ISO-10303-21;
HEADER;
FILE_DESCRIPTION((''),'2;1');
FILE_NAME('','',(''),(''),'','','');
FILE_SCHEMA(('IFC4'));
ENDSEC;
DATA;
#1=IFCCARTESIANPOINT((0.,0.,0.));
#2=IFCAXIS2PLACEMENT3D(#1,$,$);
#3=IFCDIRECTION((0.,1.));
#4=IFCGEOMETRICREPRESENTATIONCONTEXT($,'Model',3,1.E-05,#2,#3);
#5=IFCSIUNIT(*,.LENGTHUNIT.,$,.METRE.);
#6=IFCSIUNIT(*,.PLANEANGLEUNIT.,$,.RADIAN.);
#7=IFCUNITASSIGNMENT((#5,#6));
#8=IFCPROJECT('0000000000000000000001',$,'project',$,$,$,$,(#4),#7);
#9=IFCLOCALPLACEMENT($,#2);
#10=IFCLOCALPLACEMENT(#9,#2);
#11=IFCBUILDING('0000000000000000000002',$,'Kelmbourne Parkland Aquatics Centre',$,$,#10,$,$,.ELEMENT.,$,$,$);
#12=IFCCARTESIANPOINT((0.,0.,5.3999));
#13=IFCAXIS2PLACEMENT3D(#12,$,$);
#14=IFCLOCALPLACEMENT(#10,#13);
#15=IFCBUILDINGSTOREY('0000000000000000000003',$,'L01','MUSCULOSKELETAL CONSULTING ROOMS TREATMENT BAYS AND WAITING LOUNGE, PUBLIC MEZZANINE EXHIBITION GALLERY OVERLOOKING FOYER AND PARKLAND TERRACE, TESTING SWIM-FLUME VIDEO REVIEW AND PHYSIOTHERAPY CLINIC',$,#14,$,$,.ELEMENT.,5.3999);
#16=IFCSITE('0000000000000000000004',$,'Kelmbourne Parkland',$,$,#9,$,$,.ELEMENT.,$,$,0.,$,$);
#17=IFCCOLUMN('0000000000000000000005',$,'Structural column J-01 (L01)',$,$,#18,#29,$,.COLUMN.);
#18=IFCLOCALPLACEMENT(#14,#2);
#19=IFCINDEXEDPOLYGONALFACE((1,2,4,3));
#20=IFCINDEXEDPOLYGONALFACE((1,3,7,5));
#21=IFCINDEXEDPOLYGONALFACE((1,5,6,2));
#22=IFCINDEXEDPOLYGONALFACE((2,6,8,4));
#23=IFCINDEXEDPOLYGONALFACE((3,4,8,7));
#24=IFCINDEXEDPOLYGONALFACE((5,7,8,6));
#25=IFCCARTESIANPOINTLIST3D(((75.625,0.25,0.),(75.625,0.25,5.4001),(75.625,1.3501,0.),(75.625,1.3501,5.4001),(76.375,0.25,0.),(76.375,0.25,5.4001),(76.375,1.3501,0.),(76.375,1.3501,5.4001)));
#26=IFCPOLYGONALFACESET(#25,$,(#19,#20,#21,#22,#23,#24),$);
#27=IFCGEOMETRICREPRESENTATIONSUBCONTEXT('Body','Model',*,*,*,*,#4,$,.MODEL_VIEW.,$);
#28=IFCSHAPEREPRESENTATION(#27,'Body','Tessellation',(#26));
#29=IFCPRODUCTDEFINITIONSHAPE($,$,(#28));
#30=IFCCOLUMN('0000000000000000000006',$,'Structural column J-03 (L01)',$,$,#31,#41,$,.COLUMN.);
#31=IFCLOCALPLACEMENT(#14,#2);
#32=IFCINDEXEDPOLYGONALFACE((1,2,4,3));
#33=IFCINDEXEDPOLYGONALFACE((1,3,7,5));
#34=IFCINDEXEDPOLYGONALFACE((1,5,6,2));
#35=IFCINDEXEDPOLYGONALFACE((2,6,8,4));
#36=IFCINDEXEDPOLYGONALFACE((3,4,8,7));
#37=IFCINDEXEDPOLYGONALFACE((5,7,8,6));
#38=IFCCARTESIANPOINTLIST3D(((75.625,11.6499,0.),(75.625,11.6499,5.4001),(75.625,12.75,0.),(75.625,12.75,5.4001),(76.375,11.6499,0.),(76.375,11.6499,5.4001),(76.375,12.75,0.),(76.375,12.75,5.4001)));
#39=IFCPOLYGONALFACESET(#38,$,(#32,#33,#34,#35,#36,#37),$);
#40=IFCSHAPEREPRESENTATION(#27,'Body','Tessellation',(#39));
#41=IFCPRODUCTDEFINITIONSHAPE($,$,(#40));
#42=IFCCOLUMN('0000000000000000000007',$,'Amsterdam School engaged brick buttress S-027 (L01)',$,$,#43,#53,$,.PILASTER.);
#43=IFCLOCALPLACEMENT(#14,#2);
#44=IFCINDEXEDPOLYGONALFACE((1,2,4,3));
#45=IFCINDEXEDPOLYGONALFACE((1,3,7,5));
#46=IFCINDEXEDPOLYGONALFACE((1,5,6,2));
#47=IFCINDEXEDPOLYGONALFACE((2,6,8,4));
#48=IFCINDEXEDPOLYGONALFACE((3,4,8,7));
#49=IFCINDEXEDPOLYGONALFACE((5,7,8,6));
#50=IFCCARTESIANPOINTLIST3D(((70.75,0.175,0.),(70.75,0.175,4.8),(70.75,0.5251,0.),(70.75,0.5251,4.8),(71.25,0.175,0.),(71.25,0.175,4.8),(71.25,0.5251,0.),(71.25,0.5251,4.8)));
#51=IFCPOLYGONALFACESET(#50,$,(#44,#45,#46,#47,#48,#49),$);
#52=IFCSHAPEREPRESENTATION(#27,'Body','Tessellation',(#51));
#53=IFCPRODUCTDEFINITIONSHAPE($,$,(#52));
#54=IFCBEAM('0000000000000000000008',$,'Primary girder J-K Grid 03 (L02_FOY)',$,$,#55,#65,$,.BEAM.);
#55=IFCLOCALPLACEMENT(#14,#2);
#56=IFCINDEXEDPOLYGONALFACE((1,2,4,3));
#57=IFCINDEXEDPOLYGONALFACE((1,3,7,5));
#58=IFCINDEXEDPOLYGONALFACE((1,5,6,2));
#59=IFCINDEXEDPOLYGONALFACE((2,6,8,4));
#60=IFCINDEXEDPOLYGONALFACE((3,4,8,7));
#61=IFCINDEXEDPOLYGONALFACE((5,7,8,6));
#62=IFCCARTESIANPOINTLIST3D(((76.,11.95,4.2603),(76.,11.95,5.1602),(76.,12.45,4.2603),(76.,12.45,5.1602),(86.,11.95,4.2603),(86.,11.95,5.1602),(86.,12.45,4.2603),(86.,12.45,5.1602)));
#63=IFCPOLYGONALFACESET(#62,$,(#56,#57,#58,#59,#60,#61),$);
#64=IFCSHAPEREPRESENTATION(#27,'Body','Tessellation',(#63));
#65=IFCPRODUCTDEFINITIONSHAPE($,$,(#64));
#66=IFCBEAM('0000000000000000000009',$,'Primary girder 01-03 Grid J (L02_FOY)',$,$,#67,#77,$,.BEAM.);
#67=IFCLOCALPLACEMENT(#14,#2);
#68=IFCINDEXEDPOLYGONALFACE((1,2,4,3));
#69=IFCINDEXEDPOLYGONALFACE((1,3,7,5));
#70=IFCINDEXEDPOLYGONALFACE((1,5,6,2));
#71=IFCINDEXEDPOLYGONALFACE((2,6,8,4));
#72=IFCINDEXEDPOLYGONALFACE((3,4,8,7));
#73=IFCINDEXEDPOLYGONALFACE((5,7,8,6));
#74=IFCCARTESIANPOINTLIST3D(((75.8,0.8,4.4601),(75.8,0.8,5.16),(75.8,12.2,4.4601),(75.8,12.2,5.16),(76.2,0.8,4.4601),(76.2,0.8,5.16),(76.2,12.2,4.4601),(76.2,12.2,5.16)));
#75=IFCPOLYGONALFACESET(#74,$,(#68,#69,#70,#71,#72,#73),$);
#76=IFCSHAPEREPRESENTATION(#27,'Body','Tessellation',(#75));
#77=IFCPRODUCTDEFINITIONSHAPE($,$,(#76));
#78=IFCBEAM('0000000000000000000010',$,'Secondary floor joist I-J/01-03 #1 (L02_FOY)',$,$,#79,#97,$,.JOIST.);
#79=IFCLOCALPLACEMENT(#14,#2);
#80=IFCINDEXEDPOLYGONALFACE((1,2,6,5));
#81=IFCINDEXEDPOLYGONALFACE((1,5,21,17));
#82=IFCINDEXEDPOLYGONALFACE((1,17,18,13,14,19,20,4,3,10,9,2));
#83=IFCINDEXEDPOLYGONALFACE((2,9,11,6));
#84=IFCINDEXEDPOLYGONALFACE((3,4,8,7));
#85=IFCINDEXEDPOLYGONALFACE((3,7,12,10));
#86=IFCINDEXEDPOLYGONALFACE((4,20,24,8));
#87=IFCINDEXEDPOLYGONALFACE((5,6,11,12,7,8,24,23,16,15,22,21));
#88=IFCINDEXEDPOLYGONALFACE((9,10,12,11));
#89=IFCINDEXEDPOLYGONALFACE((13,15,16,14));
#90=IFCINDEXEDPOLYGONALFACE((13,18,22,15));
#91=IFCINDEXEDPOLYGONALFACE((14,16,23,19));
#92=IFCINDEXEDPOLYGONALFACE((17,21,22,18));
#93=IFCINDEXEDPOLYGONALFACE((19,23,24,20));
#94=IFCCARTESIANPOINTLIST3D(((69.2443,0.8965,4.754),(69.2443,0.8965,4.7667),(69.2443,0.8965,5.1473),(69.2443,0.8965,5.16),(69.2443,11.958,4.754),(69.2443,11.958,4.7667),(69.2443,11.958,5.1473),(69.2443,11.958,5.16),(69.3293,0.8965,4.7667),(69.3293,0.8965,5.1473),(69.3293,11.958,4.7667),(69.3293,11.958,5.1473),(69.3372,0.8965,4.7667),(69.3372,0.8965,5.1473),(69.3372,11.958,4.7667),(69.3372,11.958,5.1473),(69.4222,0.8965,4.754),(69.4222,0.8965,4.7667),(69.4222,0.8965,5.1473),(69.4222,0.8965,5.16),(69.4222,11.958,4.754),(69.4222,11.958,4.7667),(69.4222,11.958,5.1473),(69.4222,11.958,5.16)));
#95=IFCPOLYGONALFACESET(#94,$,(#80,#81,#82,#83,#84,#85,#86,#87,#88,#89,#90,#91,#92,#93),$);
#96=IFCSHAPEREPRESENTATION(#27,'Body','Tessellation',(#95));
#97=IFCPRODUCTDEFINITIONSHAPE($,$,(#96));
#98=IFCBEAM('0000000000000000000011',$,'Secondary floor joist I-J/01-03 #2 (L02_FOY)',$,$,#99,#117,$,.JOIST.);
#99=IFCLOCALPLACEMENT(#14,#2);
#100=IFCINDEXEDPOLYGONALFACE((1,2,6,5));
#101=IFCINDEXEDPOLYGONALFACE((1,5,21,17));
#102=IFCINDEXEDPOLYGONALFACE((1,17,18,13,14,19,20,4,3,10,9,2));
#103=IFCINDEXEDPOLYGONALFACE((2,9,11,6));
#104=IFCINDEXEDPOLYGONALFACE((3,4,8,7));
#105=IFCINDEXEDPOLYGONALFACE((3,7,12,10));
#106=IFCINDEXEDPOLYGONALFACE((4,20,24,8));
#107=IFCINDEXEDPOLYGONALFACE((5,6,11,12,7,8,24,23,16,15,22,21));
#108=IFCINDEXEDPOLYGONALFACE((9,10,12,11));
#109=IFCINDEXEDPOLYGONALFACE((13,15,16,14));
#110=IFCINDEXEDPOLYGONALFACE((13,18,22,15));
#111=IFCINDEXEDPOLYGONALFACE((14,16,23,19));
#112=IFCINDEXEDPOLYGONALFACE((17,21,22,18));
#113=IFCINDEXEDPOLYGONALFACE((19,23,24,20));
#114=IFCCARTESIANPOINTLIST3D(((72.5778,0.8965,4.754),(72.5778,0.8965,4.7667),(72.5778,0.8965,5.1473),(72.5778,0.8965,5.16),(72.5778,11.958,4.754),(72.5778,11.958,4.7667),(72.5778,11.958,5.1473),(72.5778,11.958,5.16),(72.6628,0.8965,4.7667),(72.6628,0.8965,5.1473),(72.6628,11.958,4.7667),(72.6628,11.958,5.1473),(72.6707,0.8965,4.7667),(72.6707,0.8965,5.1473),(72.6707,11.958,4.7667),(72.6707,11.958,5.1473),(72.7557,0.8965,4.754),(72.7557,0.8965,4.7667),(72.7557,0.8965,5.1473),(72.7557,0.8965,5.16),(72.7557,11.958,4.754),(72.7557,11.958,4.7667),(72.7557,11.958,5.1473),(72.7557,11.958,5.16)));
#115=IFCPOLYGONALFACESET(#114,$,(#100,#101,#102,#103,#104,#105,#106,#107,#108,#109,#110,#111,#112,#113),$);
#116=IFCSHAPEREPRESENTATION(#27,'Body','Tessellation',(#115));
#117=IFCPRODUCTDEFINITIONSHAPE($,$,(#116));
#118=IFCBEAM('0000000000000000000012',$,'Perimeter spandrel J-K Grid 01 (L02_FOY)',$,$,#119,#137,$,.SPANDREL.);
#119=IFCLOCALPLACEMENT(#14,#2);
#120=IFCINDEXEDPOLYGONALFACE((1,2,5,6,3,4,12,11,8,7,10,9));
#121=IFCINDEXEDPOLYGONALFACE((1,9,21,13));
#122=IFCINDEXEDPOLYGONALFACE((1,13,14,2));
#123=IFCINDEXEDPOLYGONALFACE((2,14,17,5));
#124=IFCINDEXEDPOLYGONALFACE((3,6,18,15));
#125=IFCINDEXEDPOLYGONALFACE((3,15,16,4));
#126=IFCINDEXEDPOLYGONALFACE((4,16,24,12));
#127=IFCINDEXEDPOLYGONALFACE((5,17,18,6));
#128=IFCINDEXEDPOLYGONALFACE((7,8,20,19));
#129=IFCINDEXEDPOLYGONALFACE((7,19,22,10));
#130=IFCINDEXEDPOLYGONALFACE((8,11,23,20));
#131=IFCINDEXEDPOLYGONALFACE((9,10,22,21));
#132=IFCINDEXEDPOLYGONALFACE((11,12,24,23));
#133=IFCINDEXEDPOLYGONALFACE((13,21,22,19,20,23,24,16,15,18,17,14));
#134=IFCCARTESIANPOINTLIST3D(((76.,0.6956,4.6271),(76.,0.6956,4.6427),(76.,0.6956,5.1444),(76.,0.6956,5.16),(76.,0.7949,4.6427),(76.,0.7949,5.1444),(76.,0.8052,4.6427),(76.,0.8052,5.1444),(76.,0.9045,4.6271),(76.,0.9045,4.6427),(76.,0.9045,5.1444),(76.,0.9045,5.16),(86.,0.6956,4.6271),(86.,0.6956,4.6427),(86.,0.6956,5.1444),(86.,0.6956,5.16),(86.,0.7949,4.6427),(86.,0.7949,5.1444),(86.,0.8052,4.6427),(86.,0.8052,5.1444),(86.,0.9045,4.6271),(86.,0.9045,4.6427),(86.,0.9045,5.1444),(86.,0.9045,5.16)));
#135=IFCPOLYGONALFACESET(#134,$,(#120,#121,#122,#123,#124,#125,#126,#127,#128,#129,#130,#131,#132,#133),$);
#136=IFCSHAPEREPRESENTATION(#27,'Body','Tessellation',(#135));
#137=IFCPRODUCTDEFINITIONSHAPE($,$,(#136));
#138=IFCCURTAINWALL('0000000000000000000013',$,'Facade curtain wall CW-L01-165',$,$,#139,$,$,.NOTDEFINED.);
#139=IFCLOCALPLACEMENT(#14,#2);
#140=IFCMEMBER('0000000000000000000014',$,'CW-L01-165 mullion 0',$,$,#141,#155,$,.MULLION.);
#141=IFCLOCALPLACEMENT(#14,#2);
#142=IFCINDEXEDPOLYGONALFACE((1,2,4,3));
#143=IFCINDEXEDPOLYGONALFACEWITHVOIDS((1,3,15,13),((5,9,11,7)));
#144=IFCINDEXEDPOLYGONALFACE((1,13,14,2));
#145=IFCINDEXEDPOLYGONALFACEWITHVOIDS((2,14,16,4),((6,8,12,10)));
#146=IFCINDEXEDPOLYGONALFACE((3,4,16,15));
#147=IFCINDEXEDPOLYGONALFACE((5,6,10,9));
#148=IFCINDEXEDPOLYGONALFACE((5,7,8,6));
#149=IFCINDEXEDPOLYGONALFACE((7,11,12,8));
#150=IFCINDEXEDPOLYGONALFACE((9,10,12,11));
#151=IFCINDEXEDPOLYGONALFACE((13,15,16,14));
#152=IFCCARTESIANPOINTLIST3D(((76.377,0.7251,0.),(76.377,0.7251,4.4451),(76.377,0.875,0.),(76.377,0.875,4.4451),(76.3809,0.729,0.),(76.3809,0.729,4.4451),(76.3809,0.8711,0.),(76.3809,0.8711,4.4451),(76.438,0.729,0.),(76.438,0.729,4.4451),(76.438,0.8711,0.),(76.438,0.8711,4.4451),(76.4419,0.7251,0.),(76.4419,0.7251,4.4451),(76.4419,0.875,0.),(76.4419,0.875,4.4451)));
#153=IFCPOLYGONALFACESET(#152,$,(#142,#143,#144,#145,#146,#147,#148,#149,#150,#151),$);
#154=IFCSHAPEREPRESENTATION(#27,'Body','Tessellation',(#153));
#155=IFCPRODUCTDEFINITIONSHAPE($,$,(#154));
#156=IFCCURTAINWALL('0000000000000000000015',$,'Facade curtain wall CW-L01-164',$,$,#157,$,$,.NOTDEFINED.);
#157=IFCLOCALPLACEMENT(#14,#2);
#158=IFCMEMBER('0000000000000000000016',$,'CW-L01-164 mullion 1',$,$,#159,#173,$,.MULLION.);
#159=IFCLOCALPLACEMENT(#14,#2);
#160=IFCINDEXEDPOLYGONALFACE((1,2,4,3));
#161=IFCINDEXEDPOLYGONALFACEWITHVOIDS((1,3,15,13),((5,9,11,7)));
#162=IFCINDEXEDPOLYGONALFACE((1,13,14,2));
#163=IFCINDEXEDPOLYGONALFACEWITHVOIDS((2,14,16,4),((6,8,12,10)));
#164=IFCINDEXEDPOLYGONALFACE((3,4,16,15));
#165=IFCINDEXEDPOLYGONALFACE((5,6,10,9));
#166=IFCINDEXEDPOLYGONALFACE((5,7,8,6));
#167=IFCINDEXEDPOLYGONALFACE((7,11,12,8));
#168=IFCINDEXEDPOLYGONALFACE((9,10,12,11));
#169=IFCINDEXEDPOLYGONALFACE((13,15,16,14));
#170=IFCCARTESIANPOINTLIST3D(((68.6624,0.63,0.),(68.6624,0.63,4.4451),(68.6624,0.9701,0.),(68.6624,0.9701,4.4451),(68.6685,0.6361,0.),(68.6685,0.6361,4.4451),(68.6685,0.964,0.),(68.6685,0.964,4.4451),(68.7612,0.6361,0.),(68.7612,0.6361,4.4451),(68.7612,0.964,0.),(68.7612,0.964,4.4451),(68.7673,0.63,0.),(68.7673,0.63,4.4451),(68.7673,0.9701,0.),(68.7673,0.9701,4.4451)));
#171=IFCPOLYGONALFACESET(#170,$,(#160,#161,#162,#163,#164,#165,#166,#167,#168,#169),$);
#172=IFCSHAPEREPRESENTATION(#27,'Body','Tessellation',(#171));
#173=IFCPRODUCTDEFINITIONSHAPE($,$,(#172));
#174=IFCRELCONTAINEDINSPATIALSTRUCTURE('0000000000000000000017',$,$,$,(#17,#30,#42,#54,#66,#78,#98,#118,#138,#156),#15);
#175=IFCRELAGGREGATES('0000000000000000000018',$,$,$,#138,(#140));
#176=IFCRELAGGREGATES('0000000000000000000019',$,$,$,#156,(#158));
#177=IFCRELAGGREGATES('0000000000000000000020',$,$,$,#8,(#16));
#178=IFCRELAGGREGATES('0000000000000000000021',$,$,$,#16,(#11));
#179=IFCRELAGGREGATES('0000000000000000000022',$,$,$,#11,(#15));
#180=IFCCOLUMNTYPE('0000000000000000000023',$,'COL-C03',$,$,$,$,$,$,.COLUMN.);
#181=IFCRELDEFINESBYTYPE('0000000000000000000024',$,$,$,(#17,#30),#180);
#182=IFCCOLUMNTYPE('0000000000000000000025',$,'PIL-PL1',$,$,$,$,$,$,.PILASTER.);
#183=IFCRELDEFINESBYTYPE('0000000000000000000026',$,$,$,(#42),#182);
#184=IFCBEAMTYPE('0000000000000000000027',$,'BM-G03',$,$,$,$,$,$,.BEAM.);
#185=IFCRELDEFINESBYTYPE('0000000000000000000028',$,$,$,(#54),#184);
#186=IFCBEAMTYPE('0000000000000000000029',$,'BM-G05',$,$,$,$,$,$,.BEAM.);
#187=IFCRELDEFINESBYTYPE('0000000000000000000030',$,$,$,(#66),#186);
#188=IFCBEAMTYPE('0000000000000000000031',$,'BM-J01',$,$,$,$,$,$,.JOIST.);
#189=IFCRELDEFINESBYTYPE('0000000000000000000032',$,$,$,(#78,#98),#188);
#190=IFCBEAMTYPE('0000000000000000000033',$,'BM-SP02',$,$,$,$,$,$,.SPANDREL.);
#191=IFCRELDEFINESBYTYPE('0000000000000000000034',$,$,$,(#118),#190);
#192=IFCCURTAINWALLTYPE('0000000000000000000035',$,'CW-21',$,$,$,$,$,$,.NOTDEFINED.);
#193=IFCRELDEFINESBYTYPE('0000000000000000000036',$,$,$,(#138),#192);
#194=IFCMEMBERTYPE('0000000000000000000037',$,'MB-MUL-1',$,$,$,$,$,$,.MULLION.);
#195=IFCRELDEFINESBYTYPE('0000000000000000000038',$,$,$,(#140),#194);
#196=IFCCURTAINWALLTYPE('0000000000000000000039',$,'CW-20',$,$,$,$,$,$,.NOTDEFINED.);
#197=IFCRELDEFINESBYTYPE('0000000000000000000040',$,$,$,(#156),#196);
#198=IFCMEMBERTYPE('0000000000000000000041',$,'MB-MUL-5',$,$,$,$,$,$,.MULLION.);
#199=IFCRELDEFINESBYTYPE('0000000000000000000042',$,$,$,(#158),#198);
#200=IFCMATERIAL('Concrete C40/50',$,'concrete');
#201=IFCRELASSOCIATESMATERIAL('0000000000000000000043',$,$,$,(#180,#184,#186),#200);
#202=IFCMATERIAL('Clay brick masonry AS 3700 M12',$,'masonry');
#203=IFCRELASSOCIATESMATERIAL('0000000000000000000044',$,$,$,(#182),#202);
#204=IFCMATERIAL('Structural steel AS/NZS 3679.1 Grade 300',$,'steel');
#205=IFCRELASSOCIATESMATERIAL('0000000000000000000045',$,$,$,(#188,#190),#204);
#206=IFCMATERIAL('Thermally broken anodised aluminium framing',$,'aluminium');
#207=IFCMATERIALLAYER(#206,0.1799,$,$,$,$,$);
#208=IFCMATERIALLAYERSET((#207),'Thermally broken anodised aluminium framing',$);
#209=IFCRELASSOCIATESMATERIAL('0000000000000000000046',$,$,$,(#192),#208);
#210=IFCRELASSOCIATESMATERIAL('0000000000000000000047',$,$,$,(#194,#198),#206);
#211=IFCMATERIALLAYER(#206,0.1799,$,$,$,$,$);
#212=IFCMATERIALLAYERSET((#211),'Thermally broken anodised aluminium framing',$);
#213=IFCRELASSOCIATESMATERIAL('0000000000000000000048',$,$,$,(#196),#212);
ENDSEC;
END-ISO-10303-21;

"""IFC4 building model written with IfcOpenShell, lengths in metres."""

from ifc_helpers import new_model, si_unit, direction, frame, origin, origin_2d, place, context, subcontext, project, spatial, rectangle, hollow_rectangle, i_section, extrude, material, layer, layer_set, material_profile, profile_set, type_object, element, aggregate, save


model = new_model("IFC4")

# Units and contexts
model_context = context("Model", 3, precision=1e-05, world=origin(), true_north=direction((0.0, 1.0)))
body_context = subcontext(model_context, "Body", "Model", "MODEL_VIEW")
ifc_project = project(units=[si_unit("LENGTHUNIT", "METRE"), si_unit("PLANEANGLEUNIT", "RADIAN")], contexts=[model_context])

# Site, building, storey
site_placement = place(None, origin())
site = spatial("IfcSite", under=ifc_project, at=site_placement, Name="Kelmbourne Parkland", CompositionType="ELEMENT", RefElevation=0.0)
building_placement = place(site_placement, origin())
building = spatial("IfcBuilding", under=site, at=building_placement, Name="Kelmbourne Parkland Aquatics Centre", CompositionType="ELEMENT")
storey_placement = place(building_placement, frame((0.0, 0.0, 5.3999)))
storey = spatial("IfcBuildingStorey", under=building, at=storey_placement, Name="L01", Description="MUSCULOSKELETAL CONSULTING ROOMS TREATMENT BAYS AND WAITING LOUNGE, PUBLIC MEZZANINE EXHIBITION GALLERY OVERLOOKING FOYER AND PARKLAND TERRACE, TESTING SWIM-FLUME VIDEO REVIEW AND PHYSIOTHERAPY CLINIC", CompositionType="ELEMENT", Elevation=5.3999)

# Columns
ifc_material_1 = material(Name="Concrete C40/50", Category="concrete")
ifc_material_profile_1 = material_profile(ifc_material_1, rectangle(XDim=0.75, YDim=1.1001, at=origin_2d()), Name="RC 750x1100")
ifc_profile_set_1 = profile_set([ifc_material_profile_1], Name="Concrete C40/50")
column_type_1 = type_object("IfcColumnType", Name="COL-C03", PredefinedType="COLUMN", material=ifc_profile_set_1)
for number, where, z_axis, x_axis, name in (
    (1, (76.0, 0.8, 0.0), (0.0, 0.0, 1.0), (1.0, 0.0, 0.0), "Structural column J-01 (L01)"),
    (2, (76.0, 12.2, 0.0), (0.0, 0.0, 1.0), (1.0, 0.0, 0.0), "Structural column J-03 (L01)"),
):
    element("IfcColumn", number, at=place(storey_placement, frame(where, z_axis=z_axis, x_axis=x_axis)), inside=storey, type_object=column_type_1, Name=name, PredefinedType="COLUMN", context=body_context, shape_type="SweptSolid", body=[
        extrude(rectangle(XDim=0.75, YDim=1.1001, at=origin_2d()), origin(), (0.0, 0.0, 1.0), 5.4001),
    ])
ifc_material_2 = material(Name="Clay brick masonry AS 3700 M12", Category="masonry")
ifc_material_profile_2 = material_profile(ifc_material_2, rectangle(XDim=0.3501, YDim=0.5, at=origin_2d()), Name="PIL 350x500")
ifc_profile_set_2 = profile_set([ifc_material_profile_2], Name="Clay brick masonry AS 3700 M12")
column_type_2 = type_object("IfcColumnType", Name="PIL-PL1", PredefinedType="PILASTER", material=ifc_profile_set_2)
column_placement = place(storey_placement, frame((71.0, 0.3501, 0.0), z_axis=(0.0, 0.0, 1.0), x_axis=(0.0, 1.0, 0.0)))
element("IfcColumn", 3, at=column_placement, inside=storey, type_object=column_type_2, Name="Amsterdam School engaged brick buttress S-027 (L01)", PredefinedType="PILASTER", context=body_context, shape_type="SweptSolid", body=[
    extrude(rectangle(XDim=0.3501, YDim=0.5, at=origin_2d()), origin(), (0.0, 0.0, 1.0), 4.8),
])

# Beams
ifc_material_profile_3 = material_profile(ifc_material_1, rectangle(XDim=0.5, YDim=0.8999, at=origin_2d()), Name="RC 500x900")
ifc_profile_set_3 = profile_set([ifc_material_profile_3], Name="Concrete C40/50")
beam_type_1 = type_object("IfcBeamType", Name="BM-G03", PredefinedType="BEAM", material=ifc_profile_set_3)
beam_1_placement = place(storey_placement, frame((76.0, 12.2, 4.7102), z_axis=(1.0, 0.0, 0.0), x_axis=(0.0, 1.0, 0.0)))
element("IfcBeam", 4, at=beam_1_placement, inside=storey, type_object=beam_type_1, Name="Primary girder J-K Grid 03 (L02_FOY)", PredefinedType="BEAM", context=body_context, shape_type="SweptSolid", body=[
    extrude(rectangle(XDim=0.5, YDim=0.8999, at=origin_2d()), origin(), (0.0, 0.0, 1.0), 10.0),
])
ifc_material_profile_4 = material_profile(ifc_material_1, rectangle(XDim=0.3999, YDim=0.7, at=origin_2d()), Name="RC 400x700")
ifc_profile_set_4 = profile_set([ifc_material_profile_4], Name="Concrete C40/50")
beam_type_2 = type_object("IfcBeamType", Name="BM-G05", PredefinedType="BEAM", material=ifc_profile_set_4)
beam_2_placement = place(storey_placement, frame((76.0, 0.8, 4.8101), z_axis=(0.0, 1.0, 0.0), x_axis=(-1.0, 0.0, 0.0)))
element("IfcBeam", 5, at=beam_2_placement, inside=storey, type_object=beam_type_2, Name="Primary girder 01-03 Grid J (L02_FOY)", PredefinedType="BEAM", context=body_context, shape_type="SweptSolid", body=[
    extrude(rectangle(XDim=0.3999, YDim=0.7, at=origin_2d()), origin(), (0.0, 0.0, 1.0), 11.3999),
])
ifc_material_3 = material(Name="Structural steel AS/NZS 3679.1 Grade 300", Category="steel")
ifc_material_profile_5 = material_profile(ifc_material_3, i_section(OverallWidth=0.178, OverallDepth=0.406, WebThickness=0.0078, FlangeThickness=0.0127, at=origin_2d()), Name="410UB59.7")
ifc_profile_set_5 = profile_set([ifc_material_profile_5], Name="Structural steel AS/NZS 3679.1 Grade 300")
beam_type_3 = type_object("IfcBeamType", Name="BM-J01", PredefinedType="JOIST", material=ifc_profile_set_5)
for number, where, z_axis, x_axis, name in (
    (6, (69.3333, 0.8965, 4.957), (0.0, 1.0, 0.0), (-1.0, 0.0, 0.0), "Secondary floor joist I-J/01-03 #1 (L02_FOY)"),
    (7, (72.6667, 0.8965, 4.957), (0.0, 1.0, 0.0), (-1.0, 0.0, 0.0), "Secondary floor joist I-J/01-03 #2 (L02_FOY)"),
):
    element("IfcBeam", number, at=place(storey_placement, frame(where, z_axis=z_axis, x_axis=x_axis)), inside=storey, type_object=beam_type_3, Name=name, PredefinedType="JOIST", context=body_context, shape_type="SweptSolid", body=[
        extrude(i_section(OverallWidth=0.178, OverallDepth=0.406, WebThickness=0.0078, FlangeThickness=0.0127, at=origin_2d()), origin(), (0.0, 0.0, 1.0), 11.0615),
    ])
ifc_material_profile_6 = material_profile(ifc_material_3, i_section(OverallWidth=0.209, OverallDepth=0.533, WebThickness=0.0103, FlangeThickness=0.0156, at=origin_2d()), Name="530UB92.4")
ifc_profile_set_6 = profile_set([ifc_material_profile_6], Name="Structural steel AS/NZS 3679.1 Grade 300")
beam_type_4 = type_object("IfcBeamType", Name="BM-SP02", PredefinedType="SPANDREL", material=ifc_profile_set_6)
beam_3_placement = place(storey_placement, frame((76.0, 0.8, 4.8936), z_axis=(1.0, 0.0, 0.0), x_axis=(0.0, 1.0, 0.0)))
element("IfcBeam", 8, at=beam_3_placement, inside=storey, type_object=beam_type_4, Name="Perimeter spandrel J-K Grid 01 (L02_FOY)", PredefinedType="SPANDREL", context=body_context, shape_type="SweptSolid", body=[
    extrude(i_section(OverallWidth=0.209, OverallDepth=0.533, WebThickness=0.0103, FlangeThickness=0.0156, at=origin_2d()), origin(), (0.0, 0.0, 1.0), 10.0),
])

# Curtain wall, member
ifc_material_4 = material(Name="Thermally broken anodised aluminium framing", Category="aluminium")
ifc_layer_1 = layer(ifc_material_4, 0.1799)
ifc_layer_set_1 = layer_set([ifc_layer_1], Name="Thermally broken anodised aluminium framing")
curtain_wall_type_1 = type_object("IfcCurtainWallType", Name="CW-21", PredefinedType="NOTDEFINED", material=ifc_layer_set_1)
curtain_wall_1_placement = place(storey_placement, origin())
curtain_wall_1 = element("IfcCurtainWall", 9, at=curtain_wall_1_placement, inside=storey, type_object=curtain_wall_type_1, Name="Facade curtain wall CW-L01-165", PredefinedType="NOTDEFINED")
ifc_material_profile_7 = material_profile(ifc_material_4, hollow_rectangle(XDim=0.0649, YDim=0.1499, WallThickness=0.0039, at=origin_2d()), Name="CW-M 65x150")
ifc_profile_set_7 = profile_set([ifc_material_profile_7], Name="Thermally broken anodised aluminium framing")
member_type_1 = type_object("IfcMemberType", Name="MB-MUL-1", PredefinedType="MULLION", material=ifc_profile_set_7)
member_1_placement = place(storey_placement, frame((76.4094, 0.8, 0.0), z_axis=(0.0, 0.0, 1.0), x_axis=(1.0, 0.0, 0.0)))
member_1 = element("IfcMember", 10, at=member_1_placement, type_object=member_type_1, Name="CW-L01-165 mullion 0", PredefinedType="MULLION", context=body_context, shape_type="SweptSolid", body=[
    extrude(hollow_rectangle(XDim=0.0649, YDim=0.1499, WallThickness=0.0039, at=origin_2d()), origin(), (0.0, 0.0, 1.0), 4.4451),
])

# Curtain wall, member
ifc_layer_2 = layer(ifc_material_4, 0.1799)
ifc_layer_set_2 = layer_set([ifc_layer_2], Name="Thermally broken anodised aluminium framing")
curtain_wall_type_2 = type_object("IfcCurtainWallType", Name="CW-20", PredefinedType="NOTDEFINED", material=ifc_layer_set_2)
curtain_wall_2_placement = place(storey_placement, origin())
curtain_wall_2 = element("IfcCurtainWall", 11, at=curtain_wall_2_placement, inside=storey, type_object=curtain_wall_type_2, Name="Facade curtain wall CW-L01-164", PredefinedType="NOTDEFINED")
ifc_material_profile_8 = material_profile(ifc_material_4, hollow_rectangle(XDim=0.105, YDim=0.3401, WallThickness=0.0061, at=origin_2d()), Name="CW-M 105x340")
ifc_profile_set_8 = profile_set([ifc_material_profile_8], Name="Thermally broken anodised aluminium framing")
member_type_2 = type_object("IfcMemberType", Name="MB-MUL-5", PredefinedType="MULLION", material=ifc_profile_set_8)
member_2_placement = place(storey_placement, frame((68.7148, 0.8, 0.0), z_axis=(0.0, 0.0, 1.0), x_axis=(1.0, 0.0, 0.0)))
member_2 = element("IfcMember", 12, at=member_2_placement, type_object=member_type_2, Name="CW-L01-164 mullion 1", PredefinedType="MULLION", context=body_context, shape_type="SweptSolid", body=[
    extrude(hollow_rectangle(XDim=0.105, YDim=0.3401, WallThickness=0.0061, at=origin_2d()), origin(), (0.0, 0.0, 1.0), 4.4451),
])

aggregate(curtain_wall_1, [member_1])

aggregate(curtain_wall_2, [member_2])

save(model, "model.ifc")
